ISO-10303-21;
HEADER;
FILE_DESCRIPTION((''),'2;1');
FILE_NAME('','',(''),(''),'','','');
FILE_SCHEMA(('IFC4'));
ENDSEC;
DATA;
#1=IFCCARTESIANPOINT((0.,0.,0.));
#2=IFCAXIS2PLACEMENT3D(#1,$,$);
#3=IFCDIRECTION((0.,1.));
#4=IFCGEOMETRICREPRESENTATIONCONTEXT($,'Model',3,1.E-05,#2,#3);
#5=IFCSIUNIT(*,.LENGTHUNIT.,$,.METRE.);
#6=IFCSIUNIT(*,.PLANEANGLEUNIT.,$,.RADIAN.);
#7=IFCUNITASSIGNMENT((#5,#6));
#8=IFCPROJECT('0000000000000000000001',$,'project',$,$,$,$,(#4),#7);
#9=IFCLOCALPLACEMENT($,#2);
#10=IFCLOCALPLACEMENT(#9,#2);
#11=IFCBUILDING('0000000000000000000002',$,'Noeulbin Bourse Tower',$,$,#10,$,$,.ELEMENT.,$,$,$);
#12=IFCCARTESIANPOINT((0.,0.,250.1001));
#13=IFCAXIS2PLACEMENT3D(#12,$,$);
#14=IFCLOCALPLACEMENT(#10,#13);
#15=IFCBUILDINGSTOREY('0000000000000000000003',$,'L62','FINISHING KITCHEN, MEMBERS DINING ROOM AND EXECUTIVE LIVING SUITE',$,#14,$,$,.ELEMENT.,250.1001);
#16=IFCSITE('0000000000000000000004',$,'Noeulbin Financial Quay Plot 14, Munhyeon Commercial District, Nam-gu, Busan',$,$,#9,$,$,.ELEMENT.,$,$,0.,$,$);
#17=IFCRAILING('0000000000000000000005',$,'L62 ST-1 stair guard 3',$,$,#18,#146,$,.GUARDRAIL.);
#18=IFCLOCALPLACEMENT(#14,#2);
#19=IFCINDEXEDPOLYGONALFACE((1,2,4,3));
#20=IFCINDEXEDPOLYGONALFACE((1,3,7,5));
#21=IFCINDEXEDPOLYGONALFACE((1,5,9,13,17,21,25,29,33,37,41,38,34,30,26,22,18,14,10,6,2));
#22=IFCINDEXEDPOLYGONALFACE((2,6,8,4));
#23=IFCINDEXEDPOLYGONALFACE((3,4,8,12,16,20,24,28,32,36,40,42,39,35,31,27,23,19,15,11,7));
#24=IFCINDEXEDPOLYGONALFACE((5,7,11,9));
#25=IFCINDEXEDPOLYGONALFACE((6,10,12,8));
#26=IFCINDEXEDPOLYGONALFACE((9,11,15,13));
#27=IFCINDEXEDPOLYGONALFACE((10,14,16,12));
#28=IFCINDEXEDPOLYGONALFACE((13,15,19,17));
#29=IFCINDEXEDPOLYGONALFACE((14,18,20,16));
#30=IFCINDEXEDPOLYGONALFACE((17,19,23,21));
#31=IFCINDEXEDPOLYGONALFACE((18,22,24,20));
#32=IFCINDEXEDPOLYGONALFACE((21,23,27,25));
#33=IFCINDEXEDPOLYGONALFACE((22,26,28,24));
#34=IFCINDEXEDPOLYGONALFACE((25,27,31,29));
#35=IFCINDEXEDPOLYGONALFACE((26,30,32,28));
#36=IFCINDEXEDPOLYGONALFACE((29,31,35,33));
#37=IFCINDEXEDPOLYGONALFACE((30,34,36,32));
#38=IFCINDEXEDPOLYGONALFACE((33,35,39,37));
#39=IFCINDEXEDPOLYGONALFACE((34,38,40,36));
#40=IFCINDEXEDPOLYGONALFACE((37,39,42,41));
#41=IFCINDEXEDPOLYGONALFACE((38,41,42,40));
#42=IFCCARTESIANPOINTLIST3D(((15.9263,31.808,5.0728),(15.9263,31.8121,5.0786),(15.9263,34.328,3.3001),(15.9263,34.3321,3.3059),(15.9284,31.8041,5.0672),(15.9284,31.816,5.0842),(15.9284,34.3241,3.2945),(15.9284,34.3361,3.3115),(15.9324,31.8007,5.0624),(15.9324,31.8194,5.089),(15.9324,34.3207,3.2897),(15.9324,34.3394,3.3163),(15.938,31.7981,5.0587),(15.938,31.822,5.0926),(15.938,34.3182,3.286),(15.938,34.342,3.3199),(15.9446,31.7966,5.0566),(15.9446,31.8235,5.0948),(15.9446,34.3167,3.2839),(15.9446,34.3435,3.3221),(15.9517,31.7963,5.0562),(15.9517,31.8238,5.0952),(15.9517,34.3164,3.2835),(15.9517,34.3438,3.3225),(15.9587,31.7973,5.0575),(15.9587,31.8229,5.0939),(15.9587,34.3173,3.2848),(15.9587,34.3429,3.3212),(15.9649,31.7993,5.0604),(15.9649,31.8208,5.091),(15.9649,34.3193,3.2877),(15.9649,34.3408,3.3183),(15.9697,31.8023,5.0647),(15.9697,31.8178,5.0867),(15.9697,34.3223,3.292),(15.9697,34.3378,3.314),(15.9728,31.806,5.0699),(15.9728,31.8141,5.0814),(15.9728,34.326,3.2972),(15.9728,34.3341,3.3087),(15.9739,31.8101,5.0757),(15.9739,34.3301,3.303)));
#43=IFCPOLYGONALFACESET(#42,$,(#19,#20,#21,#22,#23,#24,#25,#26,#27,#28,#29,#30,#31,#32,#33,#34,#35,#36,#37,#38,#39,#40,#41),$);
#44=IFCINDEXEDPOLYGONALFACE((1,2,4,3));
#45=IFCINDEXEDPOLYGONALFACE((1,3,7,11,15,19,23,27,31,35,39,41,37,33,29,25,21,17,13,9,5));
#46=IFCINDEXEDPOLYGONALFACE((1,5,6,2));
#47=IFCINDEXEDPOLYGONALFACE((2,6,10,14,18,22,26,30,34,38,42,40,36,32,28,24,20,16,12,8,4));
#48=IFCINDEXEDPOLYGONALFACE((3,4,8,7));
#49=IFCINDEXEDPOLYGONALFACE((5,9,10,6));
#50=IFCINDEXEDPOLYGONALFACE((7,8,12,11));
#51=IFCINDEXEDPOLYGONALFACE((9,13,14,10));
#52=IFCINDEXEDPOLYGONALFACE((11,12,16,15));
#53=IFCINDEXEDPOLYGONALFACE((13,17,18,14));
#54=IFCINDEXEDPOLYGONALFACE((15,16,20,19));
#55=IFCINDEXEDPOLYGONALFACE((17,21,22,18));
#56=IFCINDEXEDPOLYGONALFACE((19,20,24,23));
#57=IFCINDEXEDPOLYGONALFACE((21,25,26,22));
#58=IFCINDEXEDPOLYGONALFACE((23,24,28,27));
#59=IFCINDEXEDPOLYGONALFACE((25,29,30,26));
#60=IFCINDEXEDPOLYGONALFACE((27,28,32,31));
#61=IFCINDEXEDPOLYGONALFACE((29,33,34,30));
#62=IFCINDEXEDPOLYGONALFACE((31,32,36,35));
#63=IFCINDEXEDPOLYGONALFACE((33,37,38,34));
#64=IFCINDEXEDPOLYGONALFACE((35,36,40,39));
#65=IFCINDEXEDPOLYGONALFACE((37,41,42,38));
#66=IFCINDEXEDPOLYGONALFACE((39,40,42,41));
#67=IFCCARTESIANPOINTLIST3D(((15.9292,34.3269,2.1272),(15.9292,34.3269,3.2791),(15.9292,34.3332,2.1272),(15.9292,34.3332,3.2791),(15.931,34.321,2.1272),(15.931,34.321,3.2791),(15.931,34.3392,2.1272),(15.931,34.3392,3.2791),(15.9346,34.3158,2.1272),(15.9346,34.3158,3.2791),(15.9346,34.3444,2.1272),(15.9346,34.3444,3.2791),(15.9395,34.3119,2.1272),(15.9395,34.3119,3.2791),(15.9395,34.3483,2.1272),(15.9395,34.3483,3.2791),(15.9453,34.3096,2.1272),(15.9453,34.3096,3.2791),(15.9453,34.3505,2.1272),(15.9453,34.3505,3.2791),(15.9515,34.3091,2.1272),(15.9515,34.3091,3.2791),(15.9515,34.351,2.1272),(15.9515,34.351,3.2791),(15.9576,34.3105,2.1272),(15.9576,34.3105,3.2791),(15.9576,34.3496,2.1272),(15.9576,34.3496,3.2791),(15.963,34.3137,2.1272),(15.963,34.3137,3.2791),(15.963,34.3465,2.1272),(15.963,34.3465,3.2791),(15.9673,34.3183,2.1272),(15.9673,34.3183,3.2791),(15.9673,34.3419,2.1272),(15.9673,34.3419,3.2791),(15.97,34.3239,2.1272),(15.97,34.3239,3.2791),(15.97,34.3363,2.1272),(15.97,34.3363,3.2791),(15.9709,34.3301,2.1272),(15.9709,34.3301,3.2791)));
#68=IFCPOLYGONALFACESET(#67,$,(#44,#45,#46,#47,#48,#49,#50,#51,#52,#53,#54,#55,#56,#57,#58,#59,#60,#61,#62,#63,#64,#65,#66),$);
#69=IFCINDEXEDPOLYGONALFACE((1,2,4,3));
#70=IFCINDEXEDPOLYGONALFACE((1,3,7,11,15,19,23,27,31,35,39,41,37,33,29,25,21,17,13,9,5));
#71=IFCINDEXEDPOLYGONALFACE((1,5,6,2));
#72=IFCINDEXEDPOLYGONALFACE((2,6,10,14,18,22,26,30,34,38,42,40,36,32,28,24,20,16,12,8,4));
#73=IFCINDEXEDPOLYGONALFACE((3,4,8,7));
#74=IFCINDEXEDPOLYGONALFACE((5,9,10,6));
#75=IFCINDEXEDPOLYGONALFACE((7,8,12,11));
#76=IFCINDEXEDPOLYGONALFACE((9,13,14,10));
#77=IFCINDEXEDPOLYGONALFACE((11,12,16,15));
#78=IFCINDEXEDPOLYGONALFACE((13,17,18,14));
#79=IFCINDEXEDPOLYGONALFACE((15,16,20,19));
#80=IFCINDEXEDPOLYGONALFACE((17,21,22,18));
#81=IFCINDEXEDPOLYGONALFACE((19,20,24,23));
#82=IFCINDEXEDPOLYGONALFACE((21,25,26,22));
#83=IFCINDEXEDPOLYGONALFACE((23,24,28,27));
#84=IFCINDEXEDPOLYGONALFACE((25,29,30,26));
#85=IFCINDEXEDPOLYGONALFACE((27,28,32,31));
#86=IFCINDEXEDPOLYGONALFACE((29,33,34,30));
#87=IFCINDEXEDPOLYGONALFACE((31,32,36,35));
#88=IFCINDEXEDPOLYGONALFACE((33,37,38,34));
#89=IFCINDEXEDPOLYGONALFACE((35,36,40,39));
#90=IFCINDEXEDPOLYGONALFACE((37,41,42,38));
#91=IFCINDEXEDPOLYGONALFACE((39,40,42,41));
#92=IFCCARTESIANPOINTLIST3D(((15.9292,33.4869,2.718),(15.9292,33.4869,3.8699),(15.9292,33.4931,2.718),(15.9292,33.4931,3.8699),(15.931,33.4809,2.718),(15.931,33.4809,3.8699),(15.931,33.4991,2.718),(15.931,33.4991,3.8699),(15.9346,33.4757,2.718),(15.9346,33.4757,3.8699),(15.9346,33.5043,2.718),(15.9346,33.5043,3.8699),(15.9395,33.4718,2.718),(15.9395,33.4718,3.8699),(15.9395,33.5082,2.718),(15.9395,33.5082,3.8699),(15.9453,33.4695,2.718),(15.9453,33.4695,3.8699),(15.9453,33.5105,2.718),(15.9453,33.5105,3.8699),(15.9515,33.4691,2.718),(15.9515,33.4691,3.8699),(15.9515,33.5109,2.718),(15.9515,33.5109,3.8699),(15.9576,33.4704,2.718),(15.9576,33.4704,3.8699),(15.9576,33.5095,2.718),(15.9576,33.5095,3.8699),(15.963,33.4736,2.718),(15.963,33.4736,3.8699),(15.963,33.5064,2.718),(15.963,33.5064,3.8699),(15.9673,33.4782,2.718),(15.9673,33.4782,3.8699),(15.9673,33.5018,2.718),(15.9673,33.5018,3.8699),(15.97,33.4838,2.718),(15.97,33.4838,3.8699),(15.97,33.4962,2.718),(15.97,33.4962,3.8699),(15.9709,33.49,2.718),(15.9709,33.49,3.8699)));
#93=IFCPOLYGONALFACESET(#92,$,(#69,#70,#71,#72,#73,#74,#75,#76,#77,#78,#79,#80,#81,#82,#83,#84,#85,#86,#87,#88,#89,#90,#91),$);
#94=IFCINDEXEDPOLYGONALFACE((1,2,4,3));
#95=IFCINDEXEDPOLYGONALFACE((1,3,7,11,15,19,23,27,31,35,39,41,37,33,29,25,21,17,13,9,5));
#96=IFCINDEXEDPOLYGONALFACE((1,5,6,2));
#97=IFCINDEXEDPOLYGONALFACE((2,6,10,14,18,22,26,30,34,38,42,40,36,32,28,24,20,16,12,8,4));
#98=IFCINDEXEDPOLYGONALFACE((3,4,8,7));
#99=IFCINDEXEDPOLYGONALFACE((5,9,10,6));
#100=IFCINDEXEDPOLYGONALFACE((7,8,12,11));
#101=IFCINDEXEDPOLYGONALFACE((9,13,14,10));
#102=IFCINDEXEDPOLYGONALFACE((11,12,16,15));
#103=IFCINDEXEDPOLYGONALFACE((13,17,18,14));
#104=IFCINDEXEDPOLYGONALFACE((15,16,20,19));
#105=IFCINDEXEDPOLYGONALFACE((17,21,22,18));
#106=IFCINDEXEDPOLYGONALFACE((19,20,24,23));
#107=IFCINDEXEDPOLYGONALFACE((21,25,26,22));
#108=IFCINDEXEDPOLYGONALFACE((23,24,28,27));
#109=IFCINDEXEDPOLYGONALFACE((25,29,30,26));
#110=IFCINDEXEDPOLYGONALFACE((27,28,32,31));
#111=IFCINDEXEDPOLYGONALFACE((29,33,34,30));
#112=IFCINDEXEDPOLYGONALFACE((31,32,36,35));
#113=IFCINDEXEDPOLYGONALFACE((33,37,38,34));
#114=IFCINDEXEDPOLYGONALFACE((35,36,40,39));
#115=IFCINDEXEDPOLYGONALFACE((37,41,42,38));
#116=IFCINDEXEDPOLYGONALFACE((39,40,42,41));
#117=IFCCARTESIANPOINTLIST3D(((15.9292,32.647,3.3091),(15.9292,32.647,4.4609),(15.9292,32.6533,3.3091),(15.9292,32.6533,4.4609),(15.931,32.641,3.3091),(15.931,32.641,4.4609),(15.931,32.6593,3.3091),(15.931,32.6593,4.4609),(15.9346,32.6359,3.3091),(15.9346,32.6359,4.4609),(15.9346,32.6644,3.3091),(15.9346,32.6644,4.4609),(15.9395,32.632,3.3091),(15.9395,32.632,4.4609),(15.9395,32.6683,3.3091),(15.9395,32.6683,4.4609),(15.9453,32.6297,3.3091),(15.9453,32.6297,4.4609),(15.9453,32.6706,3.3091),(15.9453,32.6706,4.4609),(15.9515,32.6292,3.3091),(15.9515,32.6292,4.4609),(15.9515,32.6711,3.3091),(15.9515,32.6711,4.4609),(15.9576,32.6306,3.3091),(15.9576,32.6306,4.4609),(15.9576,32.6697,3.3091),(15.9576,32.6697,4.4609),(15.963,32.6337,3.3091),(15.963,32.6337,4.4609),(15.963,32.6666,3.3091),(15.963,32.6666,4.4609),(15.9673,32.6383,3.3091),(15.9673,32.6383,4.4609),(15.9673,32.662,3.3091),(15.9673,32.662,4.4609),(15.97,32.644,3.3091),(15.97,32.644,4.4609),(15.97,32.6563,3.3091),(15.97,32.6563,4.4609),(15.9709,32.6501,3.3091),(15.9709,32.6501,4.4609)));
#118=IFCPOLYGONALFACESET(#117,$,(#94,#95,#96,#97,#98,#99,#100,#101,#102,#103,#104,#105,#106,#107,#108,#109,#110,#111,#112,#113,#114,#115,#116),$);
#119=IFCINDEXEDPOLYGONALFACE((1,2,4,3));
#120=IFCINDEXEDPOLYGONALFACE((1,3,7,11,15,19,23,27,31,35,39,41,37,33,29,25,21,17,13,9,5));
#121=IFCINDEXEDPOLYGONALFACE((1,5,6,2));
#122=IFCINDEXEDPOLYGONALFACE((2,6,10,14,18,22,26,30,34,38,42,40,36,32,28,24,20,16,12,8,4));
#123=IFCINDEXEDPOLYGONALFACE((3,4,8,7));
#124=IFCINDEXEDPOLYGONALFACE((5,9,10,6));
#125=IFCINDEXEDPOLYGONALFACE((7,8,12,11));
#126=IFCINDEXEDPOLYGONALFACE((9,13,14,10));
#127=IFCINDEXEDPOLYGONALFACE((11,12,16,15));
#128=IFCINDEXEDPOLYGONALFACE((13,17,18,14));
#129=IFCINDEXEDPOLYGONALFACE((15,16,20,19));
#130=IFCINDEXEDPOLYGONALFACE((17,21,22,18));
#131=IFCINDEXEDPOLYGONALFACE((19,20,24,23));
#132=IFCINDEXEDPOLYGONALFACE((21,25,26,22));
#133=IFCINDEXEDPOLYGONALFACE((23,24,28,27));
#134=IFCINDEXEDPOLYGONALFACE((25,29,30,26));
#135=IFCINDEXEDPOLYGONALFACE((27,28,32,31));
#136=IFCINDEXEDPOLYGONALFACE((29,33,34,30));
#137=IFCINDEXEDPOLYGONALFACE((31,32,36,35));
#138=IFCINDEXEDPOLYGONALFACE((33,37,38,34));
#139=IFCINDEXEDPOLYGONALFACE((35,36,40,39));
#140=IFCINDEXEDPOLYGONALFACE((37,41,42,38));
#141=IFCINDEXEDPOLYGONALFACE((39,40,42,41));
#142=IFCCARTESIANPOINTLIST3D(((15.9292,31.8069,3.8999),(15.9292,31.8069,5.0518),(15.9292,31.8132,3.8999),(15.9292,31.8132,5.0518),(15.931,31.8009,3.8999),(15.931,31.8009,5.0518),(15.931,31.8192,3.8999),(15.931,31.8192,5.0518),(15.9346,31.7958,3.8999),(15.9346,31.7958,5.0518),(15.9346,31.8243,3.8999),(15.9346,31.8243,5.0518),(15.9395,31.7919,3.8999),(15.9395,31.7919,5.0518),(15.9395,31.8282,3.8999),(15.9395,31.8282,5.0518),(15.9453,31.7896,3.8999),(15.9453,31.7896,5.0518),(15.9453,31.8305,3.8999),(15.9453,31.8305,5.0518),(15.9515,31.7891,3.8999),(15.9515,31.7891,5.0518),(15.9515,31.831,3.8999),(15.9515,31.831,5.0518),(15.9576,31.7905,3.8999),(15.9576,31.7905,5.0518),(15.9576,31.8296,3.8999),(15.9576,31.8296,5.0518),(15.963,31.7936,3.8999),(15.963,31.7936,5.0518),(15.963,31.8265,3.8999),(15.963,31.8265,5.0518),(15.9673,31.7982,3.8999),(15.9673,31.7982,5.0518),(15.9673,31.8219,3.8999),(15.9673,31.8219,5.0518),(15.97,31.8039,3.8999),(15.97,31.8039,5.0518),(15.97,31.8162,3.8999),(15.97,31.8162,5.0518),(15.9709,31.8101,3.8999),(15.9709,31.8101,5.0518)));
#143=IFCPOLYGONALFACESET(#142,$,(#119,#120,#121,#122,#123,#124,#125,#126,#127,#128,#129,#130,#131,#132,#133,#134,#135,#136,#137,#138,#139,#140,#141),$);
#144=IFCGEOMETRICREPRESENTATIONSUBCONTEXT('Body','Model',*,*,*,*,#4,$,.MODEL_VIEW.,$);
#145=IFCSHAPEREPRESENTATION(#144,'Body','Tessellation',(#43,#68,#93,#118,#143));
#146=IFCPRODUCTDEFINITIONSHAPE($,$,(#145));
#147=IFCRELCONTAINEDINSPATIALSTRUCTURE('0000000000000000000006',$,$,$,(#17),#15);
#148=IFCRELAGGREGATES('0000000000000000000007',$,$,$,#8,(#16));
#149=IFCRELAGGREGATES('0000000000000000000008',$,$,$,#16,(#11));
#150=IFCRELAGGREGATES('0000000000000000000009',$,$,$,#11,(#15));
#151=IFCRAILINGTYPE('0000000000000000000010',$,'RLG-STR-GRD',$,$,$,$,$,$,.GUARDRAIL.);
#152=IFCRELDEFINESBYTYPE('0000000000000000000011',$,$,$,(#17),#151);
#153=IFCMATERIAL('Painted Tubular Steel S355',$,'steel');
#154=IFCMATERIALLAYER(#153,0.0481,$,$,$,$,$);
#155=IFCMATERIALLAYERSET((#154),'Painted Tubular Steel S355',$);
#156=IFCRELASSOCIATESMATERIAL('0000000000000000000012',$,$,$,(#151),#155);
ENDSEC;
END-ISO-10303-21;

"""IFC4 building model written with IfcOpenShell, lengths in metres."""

from ifc_helpers import new_model, si_unit, direction, frame, origin, origin_2d, place, context, subcontext, project, spatial, circle, extrude, material, layer, layer_set, type_object, element, save


model = new_model("IFC4")

# Units and contexts
model_context = context("Model", 3, precision=1e-05, world=origin(), true_north=direction((0.0, 1.0)))
body_context = subcontext(model_context, "Body", "Model", "MODEL_VIEW")
ifc_project = project(units=[si_unit("LENGTHUNIT", "METRE"), si_unit("PLANEANGLEUNIT", "RADIAN")], contexts=[model_context])

# Site, building, storey
site_placement = place(None, origin())
site = spatial("IfcSite", under=ifc_project, at=site_placement, Name="Noeulbin Financial Quay Plot 14, Munhyeon Commercial District, Nam-gu, Busan", CompositionType="ELEMENT", RefElevation=0.0)
building_placement = place(site_placement, origin())
building = spatial("IfcBuilding", under=site, at=building_placement, Name="Noeulbin Bourse Tower", CompositionType="ELEMENT")
storey_placement = place(building_placement, frame((0.0, 0.0, 250.1001)))
storey = spatial("IfcBuildingStorey", under=building, at=storey_placement, Name="L62", Description="FINISHING KITCHEN, MEMBERS DINING ROOM AND EXECUTIVE LIVING SUITE", CompositionType="ELEMENT", Elevation=250.1001)

# Railing
ifc_material_1 = material(Name="Painted Tubular Steel S355", Category="steel")
ifc_layer_1 = layer(ifc_material_1, 0.0481)
ifc_layer_set_1 = layer_set([ifc_layer_1], Name="Painted Tubular Steel S355")
railing_type_1 = type_object("IfcRailingType", Name="RLG-STR-GRD", PredefinedType="GUARDRAIL", material=ifc_layer_set_1)
railing_1_placement = place(storey_placement, frame((15.95, 34.3301, 2.1272)))
element("IfcRailing", 1, at=railing_1_placement, inside=storey, type_object=railing_type_1, Name="L62 ST-1 stair guard 3", PredefinedType="GUARDRAIL", context=body_context, shape_type="SweptSolid", body=[
    extrude(circle(Radius=0.0239, at=origin_2d()), frame((0.0, 0.0, 1.1758), z_axis=(0.0, -0.817904, 0.575354), x_axis=(1.0, 0.0, 0.0)), (0.0, 0.0, 1.0), 3.0811),
    extrude(circle(Radius=0.021, at=origin_2d()), origin(), (0.0, 0.0, 1.0), 1.1519),
    extrude(circle(Radius=0.021, at=origin_2d()), frame((0.0, -0.8401, 0.5908)), (0.0, 0.0, 1.0), 1.1519),
    extrude(circle(Radius=0.021, at=origin_2d()), frame((0.0, -1.6799, 1.1819)), (0.0, 0.0, 1.0), 1.1519),
    extrude(circle(Radius=0.021, at=origin_2d()), frame((0.0, -2.52, 1.7727)), (0.0, 0.0, 1.0), 1.1519),
])

save(model, "model.ifc")
